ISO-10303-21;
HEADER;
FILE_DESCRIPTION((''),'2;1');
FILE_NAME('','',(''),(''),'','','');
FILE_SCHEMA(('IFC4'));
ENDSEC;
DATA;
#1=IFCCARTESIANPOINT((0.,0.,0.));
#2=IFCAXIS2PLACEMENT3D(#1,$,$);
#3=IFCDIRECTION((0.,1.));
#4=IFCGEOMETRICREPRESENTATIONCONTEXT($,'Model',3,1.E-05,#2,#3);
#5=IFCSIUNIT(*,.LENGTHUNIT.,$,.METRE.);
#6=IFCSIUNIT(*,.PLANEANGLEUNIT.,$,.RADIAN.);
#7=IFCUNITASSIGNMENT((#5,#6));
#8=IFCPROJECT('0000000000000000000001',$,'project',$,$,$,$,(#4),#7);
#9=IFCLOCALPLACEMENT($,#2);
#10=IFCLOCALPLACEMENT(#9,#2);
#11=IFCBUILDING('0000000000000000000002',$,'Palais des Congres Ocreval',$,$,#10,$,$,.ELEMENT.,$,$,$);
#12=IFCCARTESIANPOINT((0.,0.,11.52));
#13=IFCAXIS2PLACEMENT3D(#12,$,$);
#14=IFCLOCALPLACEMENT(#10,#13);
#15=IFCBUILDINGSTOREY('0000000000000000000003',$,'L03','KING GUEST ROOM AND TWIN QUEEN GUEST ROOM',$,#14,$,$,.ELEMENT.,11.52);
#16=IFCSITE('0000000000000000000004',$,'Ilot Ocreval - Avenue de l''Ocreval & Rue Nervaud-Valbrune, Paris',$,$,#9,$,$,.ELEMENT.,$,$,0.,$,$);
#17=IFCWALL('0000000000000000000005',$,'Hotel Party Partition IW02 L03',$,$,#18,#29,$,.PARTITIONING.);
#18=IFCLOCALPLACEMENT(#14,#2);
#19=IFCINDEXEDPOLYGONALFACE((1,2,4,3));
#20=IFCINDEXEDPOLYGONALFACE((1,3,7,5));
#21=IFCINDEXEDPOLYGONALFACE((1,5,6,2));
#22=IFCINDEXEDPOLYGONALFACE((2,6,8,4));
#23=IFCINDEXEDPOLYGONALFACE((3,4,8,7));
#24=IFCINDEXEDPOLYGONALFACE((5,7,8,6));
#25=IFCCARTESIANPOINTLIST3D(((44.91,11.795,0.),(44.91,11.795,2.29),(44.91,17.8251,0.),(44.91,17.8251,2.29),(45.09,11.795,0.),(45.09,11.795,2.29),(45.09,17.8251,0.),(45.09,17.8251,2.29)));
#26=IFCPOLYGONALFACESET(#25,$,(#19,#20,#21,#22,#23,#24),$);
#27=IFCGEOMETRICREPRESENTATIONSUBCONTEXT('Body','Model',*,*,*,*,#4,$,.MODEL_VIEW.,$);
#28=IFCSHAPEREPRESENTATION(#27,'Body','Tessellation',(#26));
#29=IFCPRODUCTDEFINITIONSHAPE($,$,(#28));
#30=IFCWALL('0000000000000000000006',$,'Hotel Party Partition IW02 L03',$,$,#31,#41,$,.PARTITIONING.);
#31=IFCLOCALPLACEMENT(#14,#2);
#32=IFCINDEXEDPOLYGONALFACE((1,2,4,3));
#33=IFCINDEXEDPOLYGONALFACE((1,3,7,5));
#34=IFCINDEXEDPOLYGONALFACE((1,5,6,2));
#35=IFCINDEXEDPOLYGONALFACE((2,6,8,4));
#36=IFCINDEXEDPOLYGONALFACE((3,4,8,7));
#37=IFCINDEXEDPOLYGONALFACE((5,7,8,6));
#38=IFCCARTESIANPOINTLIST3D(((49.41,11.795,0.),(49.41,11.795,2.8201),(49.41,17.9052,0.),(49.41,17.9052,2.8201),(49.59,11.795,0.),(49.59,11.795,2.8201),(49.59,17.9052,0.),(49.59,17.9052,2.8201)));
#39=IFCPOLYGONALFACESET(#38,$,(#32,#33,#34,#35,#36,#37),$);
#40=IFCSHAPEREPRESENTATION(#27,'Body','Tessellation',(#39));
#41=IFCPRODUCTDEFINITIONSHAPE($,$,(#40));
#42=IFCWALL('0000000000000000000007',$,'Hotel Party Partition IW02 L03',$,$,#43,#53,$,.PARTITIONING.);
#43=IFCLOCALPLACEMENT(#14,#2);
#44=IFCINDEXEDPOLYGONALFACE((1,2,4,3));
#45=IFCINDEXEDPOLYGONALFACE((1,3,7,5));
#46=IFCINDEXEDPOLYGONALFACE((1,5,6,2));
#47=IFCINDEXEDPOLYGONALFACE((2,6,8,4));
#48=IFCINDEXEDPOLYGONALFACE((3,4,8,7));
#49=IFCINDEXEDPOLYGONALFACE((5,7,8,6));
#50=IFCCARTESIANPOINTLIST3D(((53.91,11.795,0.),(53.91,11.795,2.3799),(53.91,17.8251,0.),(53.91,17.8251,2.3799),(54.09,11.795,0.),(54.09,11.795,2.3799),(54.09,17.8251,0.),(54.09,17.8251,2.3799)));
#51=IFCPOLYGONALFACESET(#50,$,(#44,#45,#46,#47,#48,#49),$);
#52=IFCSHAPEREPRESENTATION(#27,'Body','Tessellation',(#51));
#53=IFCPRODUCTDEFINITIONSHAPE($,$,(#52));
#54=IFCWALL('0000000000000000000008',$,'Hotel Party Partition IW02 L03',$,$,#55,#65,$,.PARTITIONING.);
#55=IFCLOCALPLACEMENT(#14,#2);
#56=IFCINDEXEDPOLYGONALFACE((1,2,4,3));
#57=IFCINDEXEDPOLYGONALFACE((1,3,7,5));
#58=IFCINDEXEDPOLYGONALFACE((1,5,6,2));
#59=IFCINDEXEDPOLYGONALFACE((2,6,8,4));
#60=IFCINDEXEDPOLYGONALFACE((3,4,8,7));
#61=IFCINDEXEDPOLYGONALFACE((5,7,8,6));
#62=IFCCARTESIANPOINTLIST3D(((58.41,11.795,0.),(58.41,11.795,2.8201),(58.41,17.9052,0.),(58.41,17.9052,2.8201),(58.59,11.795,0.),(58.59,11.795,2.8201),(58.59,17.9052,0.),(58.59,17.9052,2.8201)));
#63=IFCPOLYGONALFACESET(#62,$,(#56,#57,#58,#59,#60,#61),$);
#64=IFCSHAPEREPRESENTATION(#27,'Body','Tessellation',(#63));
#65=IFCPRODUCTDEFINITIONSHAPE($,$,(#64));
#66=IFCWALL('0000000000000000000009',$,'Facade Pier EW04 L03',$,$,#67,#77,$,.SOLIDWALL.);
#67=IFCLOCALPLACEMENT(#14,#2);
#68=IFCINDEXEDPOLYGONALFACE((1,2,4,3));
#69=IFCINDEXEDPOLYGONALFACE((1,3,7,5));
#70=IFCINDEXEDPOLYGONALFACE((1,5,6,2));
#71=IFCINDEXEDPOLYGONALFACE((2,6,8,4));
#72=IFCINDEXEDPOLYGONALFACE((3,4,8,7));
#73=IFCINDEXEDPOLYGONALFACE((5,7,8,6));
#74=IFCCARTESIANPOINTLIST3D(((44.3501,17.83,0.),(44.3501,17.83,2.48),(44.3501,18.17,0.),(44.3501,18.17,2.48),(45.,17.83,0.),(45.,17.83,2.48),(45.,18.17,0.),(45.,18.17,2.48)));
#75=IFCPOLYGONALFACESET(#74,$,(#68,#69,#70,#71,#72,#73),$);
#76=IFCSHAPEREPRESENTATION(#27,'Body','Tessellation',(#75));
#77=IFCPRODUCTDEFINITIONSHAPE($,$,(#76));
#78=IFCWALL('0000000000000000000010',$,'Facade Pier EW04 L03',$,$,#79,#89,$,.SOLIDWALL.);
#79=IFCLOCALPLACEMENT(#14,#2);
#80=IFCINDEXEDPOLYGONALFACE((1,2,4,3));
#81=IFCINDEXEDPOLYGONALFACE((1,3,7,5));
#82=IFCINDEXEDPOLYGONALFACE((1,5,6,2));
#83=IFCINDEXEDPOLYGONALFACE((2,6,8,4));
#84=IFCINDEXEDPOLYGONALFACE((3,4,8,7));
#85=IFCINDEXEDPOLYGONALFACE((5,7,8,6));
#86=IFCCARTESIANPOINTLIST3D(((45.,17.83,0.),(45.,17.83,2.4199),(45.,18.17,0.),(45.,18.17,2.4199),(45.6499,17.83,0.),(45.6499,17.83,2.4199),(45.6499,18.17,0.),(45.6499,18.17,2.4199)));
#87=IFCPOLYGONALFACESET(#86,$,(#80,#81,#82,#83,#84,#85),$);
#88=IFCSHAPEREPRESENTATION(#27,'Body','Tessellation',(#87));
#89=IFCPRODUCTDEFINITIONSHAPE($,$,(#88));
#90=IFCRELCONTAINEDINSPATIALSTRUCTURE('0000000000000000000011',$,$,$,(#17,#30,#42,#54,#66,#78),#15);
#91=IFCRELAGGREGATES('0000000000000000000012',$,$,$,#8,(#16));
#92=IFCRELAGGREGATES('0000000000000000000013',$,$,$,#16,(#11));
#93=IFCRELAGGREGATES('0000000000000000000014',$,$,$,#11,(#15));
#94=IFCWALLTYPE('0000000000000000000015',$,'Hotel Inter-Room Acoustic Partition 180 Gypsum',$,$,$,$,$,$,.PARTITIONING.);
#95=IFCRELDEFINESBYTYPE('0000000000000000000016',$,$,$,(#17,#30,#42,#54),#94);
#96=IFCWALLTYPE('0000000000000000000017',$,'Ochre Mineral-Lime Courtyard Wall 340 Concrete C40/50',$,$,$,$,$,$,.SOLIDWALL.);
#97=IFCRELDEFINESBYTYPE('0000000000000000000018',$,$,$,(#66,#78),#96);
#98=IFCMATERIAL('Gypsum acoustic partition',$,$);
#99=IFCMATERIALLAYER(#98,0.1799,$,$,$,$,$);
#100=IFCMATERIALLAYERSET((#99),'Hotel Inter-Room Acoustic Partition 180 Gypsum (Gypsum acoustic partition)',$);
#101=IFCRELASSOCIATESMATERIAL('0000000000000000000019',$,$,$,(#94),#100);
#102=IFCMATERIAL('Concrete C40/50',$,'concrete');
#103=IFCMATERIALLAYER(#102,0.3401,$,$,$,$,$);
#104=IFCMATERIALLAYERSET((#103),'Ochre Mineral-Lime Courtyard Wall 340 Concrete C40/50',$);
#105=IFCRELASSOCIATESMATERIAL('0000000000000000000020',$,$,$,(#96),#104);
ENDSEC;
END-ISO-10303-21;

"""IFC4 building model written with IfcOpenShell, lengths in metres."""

from ifc_helpers import new_model, si_unit, direction, frame, frame_2d, origin, place, context, subcontext, project, spatial, rectangle, extrude, material, layer, layer_set, type_object, element, save


model = new_model("IFC4")

# Units and contexts
model_context = context("Model", 3, precision=1e-05, world=origin(), true_north=direction((0.0, 1.0)))
body_context = subcontext(model_context, "Body", "Model", "MODEL_VIEW")
ifc_project = project(units=[si_unit("LENGTHUNIT", "METRE"), si_unit("PLANEANGLEUNIT", "RADIAN")], contexts=[model_context])

# Site, building, storey
site_placement = place(None, origin())
site = spatial("IfcSite", under=ifc_project, at=site_placement, Name="Ilot Ocreval - Avenue de l'Ocreval & Rue Nervaud-Valbrune, Paris", CompositionType="ELEMENT", RefElevation=0.0)
building_placement = place(site_placement, origin())
building = spatial("IfcBuilding", under=site, at=building_placement, Name="Palais des Congres Ocreval", CompositionType="ELEMENT")
storey_placement = place(building_placement, frame((0.0, 0.0, 11.52)))
storey = spatial("IfcBuildingStorey", under=building, at=storey_placement, Name="L03", Description="KING GUEST ROOM AND TWIN QUEEN GUEST ROOM", CompositionType="ELEMENT", Elevation=11.52)

# Shared definitions
ifc_material_1 = material(Name="Concrete C40/50", Category="concrete")

# Walls
ifc_material_2 = material(Name="Gypsum acoustic partition")
ifc_layer_1 = layer(ifc_material_2, 0.1799)
ifc_layer_set_1 = layer_set([ifc_layer_1], Name="Hotel Inter-Room Acoustic Partition 180 Gypsum (Gypsum acoustic partition)")
wall_type_1 = type_object("IfcWallType", Name="Hotel Inter-Room Acoustic Partition 180 Gypsum", PredefinedType="PARTITIONING", material=ifc_layer_set_1)
wall_1_placement = place(storey_placement, frame((45.0, 11.7949, 0.0), z_axis=(0.0, 0.0, 1.0), x_axis=(0.0, 1.0, 0.0)))
element("IfcWall", 1, at=wall_1_placement, inside=storey, type_object=wall_type_1, Name="Hotel Party Partition IW02 L03", PredefinedType="PARTITIONING", context=body_context, shape_type="SweptSolid", body=[
    extrude(rectangle(XDim=6.03, YDim=0.1799, at=frame_2d((3.0151, 0.0))), origin(), (0.0, 0.0, 1.0), 2.29),
])
wall_2_placement = place(storey_placement, frame((49.5, 11.7949, 0.0), z_axis=(0.0, 0.0, 1.0), x_axis=(0.0, 1.0, 0.0)))
element("IfcWall", 2, at=wall_2_placement, inside=storey, type_object=wall_type_1, Name="Hotel Party Partition IW02 L03", PredefinedType="PARTITIONING", context=body_context, shape_type="SweptSolid", body=[
    extrude(rectangle(XDim=6.1101, YDim=0.1799, at=frame_2d((3.0552, 0.0))), origin(), (0.0, 0.0, 1.0), 2.8201),
])
wall_3_placement = place(storey_placement, frame((54.0, 11.7949, 0.0), z_axis=(0.0, 0.0, 1.0), x_axis=(0.0, 1.0, 0.0)))
element("IfcWall", 3, at=wall_3_placement, inside=storey, type_object=wall_type_1, Name="Hotel Party Partition IW02 L03", PredefinedType="PARTITIONING", context=body_context, shape_type="SweptSolid", body=[
    extrude(rectangle(XDim=6.03, YDim=0.1799, at=frame_2d((3.0151, 0.0))), origin(), (0.0, 0.0, 1.0), 2.3799),
])
wall_4_placement = place(storey_placement, frame((58.5, 11.7949, 0.0), z_axis=(0.0, 0.0, 1.0), x_axis=(0.0, 1.0, 0.0)))
element("IfcWall", 4, at=wall_4_placement, inside=storey, type_object=wall_type_1, Name="Hotel Party Partition IW02 L03", PredefinedType="PARTITIONING", context=body_context, shape_type="SweptSolid", body=[
    extrude(rectangle(XDim=6.1101, YDim=0.1799, at=frame_2d((3.0552, 0.0))), origin(), (0.0, 0.0, 1.0), 2.8201),
])
ifc_layer_2 = layer(ifc_material_1, 0.3401)
ifc_layer_set_2 = layer_set([ifc_layer_2], Name="Ochre Mineral-Lime Courtyard Wall 340 Concrete C40/50")
wall_type_2 = type_object("IfcWallType", Name="Ochre Mineral-Lime Courtyard Wall 340 Concrete C40/50", PredefinedType="SOLIDWALL", material=ifc_layer_set_2)
wall_5_placement = place(storey_placement, frame((44.3501, 18.0, 0.0), z_axis=(0.0, 0.0, 1.0), x_axis=(1.0, 0.0, 0.0)))
element("IfcWall", 5, at=wall_5_placement, inside=storey, type_object=wall_type_2, Name="Facade Pier EW04 L03", PredefinedType="SOLIDWALL", context=body_context, shape_type="SweptSolid", body=[
    extrude(rectangle(XDim=0.6499, YDim=0.3401, at=frame_2d((0.325, 0.0))), origin(), (0.0, 0.0, 1.0), 2.48),
])
wall_6_placement = place(storey_placement, frame((45.0, 18.0, 0.0), z_axis=(0.0, 0.0, 1.0), x_axis=(1.0, 0.0, 0.0)))
element("IfcWall", 6, at=wall_6_placement, inside=storey, type_object=wall_type_2, Name="Facade Pier EW04 L03", PredefinedType="SOLIDWALL", context=body_context, shape_type="SweptSolid", body=[
    extrude(rectangle(XDim=0.6499, YDim=0.3401, at=frame_2d((0.325, 0.0))), origin(), (0.0, 0.0, 1.0), 2.4199),
])

save(model, "model.ifc")
